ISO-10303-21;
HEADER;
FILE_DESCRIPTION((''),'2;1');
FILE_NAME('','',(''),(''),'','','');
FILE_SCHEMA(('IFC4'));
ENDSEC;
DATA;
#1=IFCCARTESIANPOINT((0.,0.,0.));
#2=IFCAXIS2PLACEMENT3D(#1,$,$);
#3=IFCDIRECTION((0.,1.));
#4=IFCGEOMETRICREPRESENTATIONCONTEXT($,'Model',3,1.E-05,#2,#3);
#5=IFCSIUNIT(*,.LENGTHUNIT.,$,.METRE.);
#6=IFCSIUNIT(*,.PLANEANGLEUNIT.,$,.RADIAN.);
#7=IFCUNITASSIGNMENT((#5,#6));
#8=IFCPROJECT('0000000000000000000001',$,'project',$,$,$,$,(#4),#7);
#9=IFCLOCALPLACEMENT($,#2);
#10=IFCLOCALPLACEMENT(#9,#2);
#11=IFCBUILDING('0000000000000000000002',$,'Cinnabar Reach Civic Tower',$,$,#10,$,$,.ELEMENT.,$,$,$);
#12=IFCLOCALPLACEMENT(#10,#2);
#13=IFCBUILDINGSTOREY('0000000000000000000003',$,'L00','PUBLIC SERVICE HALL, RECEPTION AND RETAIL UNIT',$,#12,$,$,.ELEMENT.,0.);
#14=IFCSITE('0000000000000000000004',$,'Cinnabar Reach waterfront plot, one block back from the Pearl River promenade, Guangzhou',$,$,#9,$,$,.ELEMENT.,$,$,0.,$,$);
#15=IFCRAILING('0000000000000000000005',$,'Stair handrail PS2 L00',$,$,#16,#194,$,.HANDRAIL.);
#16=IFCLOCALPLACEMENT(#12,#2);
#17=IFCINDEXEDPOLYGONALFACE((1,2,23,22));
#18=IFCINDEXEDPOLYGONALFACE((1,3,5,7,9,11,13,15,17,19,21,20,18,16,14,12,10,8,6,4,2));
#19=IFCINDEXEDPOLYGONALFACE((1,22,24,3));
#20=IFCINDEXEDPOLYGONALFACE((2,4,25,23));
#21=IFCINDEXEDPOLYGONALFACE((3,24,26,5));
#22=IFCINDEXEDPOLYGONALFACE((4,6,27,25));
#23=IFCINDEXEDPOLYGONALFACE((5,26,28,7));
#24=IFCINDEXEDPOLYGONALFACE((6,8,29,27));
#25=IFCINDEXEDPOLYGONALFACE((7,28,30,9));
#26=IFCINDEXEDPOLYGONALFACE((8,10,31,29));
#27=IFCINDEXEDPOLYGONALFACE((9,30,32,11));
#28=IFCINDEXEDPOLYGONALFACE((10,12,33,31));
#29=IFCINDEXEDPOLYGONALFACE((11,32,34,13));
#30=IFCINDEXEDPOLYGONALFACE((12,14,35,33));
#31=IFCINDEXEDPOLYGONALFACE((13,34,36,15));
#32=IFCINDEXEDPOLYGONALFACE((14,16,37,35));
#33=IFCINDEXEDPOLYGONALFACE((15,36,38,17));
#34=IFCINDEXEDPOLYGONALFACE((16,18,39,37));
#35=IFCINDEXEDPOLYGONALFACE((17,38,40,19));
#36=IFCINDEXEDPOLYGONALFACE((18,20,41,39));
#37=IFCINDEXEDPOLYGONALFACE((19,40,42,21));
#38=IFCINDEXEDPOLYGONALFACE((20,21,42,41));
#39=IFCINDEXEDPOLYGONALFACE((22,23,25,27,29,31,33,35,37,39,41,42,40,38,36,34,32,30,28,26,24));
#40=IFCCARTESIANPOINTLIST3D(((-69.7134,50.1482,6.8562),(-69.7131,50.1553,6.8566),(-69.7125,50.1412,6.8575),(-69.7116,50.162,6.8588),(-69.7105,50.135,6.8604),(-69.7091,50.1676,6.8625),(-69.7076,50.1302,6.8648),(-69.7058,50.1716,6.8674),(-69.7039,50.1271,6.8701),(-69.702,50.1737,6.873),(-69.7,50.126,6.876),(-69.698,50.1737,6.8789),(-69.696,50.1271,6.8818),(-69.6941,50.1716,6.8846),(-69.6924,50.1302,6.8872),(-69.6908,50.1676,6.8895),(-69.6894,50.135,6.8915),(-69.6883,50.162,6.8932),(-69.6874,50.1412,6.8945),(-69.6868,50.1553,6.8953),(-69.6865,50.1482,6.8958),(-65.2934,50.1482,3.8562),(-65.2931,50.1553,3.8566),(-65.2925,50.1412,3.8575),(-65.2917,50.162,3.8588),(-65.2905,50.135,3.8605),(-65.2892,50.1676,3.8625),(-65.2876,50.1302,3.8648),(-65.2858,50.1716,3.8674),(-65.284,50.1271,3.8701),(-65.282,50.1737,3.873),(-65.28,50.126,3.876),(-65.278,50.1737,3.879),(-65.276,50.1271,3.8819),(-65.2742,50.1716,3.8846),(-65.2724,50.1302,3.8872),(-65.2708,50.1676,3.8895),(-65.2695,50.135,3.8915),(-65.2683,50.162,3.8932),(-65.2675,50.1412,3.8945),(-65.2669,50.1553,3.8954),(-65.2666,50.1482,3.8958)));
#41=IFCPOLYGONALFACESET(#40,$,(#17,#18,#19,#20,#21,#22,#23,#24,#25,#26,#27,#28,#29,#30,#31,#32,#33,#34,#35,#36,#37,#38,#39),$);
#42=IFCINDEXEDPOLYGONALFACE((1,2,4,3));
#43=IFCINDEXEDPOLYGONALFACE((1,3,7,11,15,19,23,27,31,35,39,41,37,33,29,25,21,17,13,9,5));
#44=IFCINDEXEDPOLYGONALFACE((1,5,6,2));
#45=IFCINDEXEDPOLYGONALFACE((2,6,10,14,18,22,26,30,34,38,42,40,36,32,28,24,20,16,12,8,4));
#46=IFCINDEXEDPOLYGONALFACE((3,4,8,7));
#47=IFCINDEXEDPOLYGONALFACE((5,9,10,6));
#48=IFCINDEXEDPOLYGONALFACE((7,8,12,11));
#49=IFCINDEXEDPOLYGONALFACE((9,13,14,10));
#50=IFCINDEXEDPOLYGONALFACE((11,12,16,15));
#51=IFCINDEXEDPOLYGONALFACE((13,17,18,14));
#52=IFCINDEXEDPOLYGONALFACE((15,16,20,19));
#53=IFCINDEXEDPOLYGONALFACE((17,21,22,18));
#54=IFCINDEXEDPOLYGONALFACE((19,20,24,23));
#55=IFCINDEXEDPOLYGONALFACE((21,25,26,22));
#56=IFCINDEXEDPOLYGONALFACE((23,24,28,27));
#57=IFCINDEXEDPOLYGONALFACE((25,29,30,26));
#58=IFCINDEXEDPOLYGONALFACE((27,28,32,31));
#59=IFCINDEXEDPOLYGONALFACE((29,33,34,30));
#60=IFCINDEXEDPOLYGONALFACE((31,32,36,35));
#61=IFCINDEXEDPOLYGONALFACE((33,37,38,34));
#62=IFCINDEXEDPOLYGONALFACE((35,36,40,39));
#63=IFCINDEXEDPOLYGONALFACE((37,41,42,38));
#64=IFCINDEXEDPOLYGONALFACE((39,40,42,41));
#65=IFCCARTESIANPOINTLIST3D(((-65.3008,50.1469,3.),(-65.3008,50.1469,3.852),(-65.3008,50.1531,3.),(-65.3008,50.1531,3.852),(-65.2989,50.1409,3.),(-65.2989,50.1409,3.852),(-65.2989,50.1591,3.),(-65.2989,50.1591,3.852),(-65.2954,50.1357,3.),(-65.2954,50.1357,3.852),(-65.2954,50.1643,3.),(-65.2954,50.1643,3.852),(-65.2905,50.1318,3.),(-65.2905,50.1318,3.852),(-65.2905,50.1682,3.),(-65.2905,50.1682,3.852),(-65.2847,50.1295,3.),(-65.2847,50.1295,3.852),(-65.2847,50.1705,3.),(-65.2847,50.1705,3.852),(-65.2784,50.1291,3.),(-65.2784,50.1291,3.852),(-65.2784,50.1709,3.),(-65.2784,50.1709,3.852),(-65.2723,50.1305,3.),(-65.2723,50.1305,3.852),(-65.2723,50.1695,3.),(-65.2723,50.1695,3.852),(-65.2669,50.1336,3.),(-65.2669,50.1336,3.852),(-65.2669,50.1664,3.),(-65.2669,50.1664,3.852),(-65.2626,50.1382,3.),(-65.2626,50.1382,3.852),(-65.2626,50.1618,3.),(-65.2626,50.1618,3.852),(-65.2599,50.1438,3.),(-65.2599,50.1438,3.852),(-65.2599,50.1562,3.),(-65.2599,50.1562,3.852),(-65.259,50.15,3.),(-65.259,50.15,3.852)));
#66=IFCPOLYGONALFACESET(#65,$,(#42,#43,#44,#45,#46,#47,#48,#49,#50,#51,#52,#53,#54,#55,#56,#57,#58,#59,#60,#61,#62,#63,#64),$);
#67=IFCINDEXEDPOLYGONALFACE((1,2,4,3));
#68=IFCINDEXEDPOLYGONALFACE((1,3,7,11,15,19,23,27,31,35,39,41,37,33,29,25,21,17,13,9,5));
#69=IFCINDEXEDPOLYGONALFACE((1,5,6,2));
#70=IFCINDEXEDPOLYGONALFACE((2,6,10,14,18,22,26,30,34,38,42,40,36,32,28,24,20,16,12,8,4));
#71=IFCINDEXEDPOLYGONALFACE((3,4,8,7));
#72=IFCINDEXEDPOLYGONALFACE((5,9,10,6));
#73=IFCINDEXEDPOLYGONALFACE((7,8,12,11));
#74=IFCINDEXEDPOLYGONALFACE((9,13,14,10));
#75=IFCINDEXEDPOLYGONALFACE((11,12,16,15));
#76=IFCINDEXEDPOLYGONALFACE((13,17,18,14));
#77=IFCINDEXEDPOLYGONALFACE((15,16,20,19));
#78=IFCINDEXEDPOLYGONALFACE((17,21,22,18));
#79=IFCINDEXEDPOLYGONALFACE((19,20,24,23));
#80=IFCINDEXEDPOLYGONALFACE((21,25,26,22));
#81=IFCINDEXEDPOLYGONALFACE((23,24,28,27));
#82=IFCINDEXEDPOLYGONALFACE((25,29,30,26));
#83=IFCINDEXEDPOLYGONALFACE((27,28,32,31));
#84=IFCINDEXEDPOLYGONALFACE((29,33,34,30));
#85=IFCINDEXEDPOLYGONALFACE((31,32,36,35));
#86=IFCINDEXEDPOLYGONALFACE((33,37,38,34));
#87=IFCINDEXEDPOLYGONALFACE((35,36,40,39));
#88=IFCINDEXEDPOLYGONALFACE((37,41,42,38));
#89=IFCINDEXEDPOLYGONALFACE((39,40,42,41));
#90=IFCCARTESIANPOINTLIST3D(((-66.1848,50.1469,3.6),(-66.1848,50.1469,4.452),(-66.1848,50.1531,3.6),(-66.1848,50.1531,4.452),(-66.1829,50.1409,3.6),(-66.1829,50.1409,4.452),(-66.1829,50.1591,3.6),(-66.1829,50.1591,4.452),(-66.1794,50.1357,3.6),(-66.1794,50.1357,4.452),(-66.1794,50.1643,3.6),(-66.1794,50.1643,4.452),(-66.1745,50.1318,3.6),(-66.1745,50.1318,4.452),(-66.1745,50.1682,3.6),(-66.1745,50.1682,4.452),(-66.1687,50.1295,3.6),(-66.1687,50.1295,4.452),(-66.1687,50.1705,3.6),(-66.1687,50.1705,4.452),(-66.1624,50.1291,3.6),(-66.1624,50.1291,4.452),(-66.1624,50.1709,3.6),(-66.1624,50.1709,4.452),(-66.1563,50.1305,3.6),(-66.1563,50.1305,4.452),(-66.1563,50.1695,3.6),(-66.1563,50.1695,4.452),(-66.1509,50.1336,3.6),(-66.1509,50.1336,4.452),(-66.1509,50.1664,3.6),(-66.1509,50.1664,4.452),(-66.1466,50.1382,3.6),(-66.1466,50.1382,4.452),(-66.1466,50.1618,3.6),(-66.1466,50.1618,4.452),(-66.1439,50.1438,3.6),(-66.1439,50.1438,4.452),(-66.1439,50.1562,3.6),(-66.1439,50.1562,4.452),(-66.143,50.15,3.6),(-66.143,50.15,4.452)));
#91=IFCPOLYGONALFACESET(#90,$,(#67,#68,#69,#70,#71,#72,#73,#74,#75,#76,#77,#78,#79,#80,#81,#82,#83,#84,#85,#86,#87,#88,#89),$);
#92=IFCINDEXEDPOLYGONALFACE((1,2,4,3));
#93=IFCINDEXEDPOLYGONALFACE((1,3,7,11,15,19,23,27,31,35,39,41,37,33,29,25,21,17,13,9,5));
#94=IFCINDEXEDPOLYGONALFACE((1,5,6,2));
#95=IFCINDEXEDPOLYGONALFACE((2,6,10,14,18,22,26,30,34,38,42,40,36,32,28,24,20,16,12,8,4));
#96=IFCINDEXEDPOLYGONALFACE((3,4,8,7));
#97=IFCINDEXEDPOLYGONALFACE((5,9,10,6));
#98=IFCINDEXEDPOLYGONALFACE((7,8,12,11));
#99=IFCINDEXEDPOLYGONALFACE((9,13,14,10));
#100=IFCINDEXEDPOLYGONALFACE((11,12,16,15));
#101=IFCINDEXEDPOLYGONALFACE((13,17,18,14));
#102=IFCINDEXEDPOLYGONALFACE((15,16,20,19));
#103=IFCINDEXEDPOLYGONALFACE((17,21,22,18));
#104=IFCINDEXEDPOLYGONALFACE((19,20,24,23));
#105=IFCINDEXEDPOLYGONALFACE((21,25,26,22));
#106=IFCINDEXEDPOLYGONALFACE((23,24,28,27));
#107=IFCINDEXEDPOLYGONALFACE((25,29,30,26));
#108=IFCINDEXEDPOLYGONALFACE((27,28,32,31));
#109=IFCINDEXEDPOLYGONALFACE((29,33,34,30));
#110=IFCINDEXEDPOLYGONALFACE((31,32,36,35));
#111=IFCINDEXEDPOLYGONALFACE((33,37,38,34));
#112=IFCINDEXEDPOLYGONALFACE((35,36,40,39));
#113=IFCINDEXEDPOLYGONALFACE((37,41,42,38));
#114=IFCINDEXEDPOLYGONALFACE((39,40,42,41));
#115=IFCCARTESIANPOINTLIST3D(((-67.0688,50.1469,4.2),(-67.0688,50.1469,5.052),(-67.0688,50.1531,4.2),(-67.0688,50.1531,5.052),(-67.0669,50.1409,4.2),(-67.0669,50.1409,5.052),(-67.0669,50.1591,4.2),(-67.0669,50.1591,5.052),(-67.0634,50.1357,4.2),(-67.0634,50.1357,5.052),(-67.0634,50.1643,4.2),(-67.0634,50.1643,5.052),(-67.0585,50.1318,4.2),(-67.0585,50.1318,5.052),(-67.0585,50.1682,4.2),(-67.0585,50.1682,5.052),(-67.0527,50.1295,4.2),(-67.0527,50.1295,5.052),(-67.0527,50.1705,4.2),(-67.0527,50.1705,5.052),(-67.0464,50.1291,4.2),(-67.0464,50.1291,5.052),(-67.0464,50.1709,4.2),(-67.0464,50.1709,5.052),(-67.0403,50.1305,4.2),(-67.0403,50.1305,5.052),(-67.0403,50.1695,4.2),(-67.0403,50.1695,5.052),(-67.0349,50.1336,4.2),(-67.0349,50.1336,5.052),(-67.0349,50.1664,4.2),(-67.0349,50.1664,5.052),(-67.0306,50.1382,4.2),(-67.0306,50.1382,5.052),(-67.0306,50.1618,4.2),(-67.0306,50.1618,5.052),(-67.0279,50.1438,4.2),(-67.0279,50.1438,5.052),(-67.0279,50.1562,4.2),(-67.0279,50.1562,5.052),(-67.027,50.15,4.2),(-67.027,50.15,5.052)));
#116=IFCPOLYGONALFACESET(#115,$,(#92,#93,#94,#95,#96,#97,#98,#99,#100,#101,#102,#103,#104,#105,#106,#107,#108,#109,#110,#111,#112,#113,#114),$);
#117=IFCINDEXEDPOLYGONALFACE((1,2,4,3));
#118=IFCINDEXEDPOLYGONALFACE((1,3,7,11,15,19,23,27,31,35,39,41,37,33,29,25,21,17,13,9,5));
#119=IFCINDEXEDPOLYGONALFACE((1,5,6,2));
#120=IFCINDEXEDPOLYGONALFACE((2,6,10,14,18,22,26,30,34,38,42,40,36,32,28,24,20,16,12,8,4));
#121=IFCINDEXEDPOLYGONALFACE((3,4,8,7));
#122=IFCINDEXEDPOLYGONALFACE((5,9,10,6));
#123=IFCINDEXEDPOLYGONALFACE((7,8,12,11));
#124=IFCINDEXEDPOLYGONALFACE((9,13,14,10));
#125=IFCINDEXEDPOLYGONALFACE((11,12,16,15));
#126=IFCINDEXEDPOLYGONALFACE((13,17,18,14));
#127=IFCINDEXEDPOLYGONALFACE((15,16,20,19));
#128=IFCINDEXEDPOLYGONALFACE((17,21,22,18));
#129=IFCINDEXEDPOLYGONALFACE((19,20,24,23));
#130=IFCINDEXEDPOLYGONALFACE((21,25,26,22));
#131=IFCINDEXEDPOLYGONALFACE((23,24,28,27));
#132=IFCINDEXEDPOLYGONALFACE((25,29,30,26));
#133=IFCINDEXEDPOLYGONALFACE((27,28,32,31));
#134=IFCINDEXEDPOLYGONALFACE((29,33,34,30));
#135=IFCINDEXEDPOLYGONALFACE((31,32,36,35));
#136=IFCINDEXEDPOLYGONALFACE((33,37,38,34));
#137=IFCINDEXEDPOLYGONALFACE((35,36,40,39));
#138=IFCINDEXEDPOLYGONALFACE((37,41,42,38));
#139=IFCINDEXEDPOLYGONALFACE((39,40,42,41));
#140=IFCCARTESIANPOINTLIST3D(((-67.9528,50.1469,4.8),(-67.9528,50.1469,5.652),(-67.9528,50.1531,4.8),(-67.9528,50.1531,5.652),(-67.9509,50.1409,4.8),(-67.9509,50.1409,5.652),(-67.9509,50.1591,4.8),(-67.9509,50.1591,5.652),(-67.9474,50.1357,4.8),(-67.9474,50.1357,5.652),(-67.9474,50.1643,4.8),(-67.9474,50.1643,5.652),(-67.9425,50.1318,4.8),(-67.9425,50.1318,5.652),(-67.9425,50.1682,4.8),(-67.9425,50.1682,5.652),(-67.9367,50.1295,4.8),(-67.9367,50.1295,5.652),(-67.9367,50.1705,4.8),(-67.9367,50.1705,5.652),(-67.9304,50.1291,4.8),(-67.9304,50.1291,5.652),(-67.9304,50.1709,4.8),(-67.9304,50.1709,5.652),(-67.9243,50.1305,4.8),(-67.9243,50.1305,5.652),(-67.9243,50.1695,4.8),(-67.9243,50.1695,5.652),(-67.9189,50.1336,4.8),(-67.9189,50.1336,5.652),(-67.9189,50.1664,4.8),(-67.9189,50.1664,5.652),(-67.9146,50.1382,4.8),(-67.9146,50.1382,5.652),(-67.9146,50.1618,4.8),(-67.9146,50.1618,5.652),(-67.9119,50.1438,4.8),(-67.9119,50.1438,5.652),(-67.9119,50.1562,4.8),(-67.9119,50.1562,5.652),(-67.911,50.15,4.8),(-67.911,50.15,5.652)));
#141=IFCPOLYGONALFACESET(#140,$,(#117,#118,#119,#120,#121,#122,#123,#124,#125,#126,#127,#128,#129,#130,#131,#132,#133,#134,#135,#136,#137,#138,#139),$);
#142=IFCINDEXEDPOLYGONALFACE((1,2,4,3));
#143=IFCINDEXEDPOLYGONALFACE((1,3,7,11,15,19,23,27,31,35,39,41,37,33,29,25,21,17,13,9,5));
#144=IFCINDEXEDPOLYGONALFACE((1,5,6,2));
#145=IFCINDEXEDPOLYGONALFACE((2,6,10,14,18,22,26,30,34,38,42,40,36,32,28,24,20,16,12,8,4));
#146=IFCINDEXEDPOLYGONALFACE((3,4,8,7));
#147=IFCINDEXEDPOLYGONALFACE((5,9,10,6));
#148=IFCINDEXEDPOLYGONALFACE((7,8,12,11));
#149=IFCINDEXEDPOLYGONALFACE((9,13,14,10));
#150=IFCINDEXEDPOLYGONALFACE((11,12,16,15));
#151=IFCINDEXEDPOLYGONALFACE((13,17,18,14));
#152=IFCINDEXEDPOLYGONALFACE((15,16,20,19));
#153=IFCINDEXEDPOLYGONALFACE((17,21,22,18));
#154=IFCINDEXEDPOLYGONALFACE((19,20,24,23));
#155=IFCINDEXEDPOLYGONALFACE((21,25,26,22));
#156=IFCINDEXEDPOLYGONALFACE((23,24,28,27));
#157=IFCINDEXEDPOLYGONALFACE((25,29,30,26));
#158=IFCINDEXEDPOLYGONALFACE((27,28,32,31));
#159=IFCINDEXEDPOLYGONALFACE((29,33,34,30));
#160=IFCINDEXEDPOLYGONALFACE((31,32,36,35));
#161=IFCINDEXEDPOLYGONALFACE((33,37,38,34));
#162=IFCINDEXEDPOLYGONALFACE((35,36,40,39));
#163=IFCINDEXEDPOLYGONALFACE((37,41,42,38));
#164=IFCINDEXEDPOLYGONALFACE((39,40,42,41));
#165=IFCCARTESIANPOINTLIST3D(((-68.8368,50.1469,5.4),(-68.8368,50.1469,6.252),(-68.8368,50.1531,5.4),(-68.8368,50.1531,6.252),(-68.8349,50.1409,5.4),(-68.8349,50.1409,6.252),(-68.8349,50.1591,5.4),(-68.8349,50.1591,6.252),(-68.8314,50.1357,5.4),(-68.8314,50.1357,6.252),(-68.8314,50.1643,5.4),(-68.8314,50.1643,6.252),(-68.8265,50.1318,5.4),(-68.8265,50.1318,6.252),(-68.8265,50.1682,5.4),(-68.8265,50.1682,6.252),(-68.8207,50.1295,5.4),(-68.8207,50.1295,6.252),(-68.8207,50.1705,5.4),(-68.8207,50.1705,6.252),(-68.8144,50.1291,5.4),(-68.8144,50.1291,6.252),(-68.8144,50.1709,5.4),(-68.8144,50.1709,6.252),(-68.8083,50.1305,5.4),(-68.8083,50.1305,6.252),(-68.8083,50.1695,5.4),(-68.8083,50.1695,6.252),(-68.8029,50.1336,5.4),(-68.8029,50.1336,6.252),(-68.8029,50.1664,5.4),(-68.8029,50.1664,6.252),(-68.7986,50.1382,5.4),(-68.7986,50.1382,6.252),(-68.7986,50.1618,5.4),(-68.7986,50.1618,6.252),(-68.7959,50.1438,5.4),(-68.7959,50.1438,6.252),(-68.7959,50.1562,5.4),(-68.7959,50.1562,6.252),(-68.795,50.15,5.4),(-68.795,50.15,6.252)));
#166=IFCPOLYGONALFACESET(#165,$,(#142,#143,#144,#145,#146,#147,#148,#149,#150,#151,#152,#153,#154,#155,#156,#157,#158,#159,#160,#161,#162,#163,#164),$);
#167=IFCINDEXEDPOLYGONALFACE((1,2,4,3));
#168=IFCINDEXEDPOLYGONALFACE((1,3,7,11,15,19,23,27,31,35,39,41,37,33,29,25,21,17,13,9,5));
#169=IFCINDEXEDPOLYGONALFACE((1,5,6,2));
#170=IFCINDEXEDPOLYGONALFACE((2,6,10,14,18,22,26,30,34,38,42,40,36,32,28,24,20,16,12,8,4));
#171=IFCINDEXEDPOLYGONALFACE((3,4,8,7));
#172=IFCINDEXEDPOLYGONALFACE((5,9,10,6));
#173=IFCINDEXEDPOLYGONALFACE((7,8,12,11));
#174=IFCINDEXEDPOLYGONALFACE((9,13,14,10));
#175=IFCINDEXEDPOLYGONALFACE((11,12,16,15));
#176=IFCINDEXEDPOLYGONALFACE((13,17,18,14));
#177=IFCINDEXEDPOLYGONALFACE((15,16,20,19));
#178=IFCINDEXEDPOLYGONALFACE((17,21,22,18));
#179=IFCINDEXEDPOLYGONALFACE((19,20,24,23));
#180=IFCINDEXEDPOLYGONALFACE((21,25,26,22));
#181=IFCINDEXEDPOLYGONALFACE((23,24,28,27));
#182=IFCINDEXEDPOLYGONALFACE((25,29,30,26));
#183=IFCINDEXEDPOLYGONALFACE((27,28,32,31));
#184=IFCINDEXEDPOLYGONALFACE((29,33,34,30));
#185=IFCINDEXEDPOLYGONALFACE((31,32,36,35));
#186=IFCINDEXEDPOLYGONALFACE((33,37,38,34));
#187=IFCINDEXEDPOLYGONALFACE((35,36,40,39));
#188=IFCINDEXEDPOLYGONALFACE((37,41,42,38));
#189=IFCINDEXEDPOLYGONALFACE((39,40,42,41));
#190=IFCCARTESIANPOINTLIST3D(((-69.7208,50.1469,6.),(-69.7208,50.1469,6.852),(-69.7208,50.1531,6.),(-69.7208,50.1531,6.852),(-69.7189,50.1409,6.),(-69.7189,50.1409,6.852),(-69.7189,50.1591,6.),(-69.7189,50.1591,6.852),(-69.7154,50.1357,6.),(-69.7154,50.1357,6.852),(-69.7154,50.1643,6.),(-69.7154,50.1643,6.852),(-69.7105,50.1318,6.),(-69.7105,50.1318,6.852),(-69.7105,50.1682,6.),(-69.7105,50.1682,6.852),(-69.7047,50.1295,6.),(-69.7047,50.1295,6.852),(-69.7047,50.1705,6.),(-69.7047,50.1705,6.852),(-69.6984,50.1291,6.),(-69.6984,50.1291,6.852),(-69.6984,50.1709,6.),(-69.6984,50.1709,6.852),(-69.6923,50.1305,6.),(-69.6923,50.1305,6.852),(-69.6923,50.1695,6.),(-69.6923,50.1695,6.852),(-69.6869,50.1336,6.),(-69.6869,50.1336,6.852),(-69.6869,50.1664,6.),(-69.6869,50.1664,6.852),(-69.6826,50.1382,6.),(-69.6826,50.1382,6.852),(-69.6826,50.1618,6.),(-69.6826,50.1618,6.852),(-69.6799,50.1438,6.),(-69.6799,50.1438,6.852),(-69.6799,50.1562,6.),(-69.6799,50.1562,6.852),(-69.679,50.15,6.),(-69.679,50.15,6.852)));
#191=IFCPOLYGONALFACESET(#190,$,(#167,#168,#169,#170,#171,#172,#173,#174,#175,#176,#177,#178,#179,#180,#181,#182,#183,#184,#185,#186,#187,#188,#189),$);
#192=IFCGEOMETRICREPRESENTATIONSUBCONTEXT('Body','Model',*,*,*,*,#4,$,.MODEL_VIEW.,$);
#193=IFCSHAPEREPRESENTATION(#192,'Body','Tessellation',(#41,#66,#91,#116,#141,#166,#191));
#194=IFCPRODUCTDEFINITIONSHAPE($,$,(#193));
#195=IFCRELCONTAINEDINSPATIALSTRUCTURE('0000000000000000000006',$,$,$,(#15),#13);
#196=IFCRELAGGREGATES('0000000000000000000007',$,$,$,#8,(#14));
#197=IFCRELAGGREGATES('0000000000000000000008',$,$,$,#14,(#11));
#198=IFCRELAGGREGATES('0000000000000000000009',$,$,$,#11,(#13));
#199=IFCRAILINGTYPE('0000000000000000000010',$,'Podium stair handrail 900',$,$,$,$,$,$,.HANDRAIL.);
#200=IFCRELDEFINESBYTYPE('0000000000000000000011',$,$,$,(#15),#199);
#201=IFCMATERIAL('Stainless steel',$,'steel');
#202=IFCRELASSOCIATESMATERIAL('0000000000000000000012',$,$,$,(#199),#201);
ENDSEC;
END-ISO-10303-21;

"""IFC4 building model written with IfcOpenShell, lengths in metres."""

from ifc_helpers import new_model, si_unit, direction, frame, origin, origin_2d, place, context, subcontext, project, spatial, circle, extrude, material, type_object, element, save


model = new_model("IFC4")

# Units and contexts
model_context = context("Model", 3, precision=1e-05, world=origin(), true_north=direction((0.0, 1.0)))
body_context = subcontext(model_context, "Body", "Model", "MODEL_VIEW")
ifc_project = project(units=[si_unit("LENGTHUNIT", "METRE"), si_unit("PLANEANGLEUNIT", "RADIAN")], contexts=[model_context])

# Site, building, storey
site_placement = place(None, origin())
site = spatial("IfcSite", under=ifc_project, at=site_placement, Name="Cinnabar Reach waterfront plot, one block back from the Pearl River promenade, Guangzhou", CompositionType="ELEMENT", RefElevation=0.0)
building_placement = place(site_placement, origin())
building = spatial("IfcBuilding", under=site, at=building_placement, Name="Cinnabar Reach Civic Tower", CompositionType="ELEMENT")
storey_placement = place(building_placement, origin())
storey = spatial("IfcBuildingStorey", under=building, at=storey_placement, Name="L00", Description="PUBLIC SERVICE HALL, RECEPTION AND RETAIL UNIT", CompositionType="ELEMENT", Elevation=0.0)

# Railing
ifc_material_1 = material(Name="Stainless steel", Category="steel")
railing_type_1 = type_object("IfcRailingType", Name="Podium stair handrail 900", PredefinedType="HANDRAIL", material=ifc_material_1)
railing_1_placement = place(storey_placement, frame((-65.28, 50.15, 3.0)))
element("IfcRailing", 1, at=railing_1_placement, inside=storey, type_object=railing_type_1, Name="Stair handrail PS2 L00", PredefinedType="HANDRAIL", context=body_context, shape_type="SweptSolid", body=[
    extrude(circle(Radius=0.024, at=origin_2d()), frame((0.0, 0.0, 0.876), z_axis=(-0.827414, 0.0, 0.561593), x_axis=(0.0, -1.0, 0.0)), (0.0, 0.0, 1.0), 5.3419),
    extrude(circle(Radius=0.021, at=origin_2d()), origin(), (0.0, 0.0, 1.0), 0.852),
    extrude(circle(Radius=0.021, at=origin_2d()), frame((-0.884, 0.0, 0.6)), (0.0, 0.0, 1.0), 0.852),
    extrude(circle(Radius=0.021, at=origin_2d()), frame((-1.768, 0.0, 1.2)), (0.0, 0.0, 1.0), 0.852),
    extrude(circle(Radius=0.021, at=origin_2d()), frame((-2.652, 0.0, 1.8)), (0.0, 0.0, 1.0), 0.852),
    extrude(circle(Radius=0.021, at=origin_2d()), frame((-3.536, 0.0, 2.4)), (0.0, 0.0, 1.0), 0.852),
    extrude(circle(Radius=0.021, at=origin_2d()), frame((-4.42, 0.0, 3.0)), (0.0, 0.0, 1.0), 0.852),
])

save(model, "model.ifc")
